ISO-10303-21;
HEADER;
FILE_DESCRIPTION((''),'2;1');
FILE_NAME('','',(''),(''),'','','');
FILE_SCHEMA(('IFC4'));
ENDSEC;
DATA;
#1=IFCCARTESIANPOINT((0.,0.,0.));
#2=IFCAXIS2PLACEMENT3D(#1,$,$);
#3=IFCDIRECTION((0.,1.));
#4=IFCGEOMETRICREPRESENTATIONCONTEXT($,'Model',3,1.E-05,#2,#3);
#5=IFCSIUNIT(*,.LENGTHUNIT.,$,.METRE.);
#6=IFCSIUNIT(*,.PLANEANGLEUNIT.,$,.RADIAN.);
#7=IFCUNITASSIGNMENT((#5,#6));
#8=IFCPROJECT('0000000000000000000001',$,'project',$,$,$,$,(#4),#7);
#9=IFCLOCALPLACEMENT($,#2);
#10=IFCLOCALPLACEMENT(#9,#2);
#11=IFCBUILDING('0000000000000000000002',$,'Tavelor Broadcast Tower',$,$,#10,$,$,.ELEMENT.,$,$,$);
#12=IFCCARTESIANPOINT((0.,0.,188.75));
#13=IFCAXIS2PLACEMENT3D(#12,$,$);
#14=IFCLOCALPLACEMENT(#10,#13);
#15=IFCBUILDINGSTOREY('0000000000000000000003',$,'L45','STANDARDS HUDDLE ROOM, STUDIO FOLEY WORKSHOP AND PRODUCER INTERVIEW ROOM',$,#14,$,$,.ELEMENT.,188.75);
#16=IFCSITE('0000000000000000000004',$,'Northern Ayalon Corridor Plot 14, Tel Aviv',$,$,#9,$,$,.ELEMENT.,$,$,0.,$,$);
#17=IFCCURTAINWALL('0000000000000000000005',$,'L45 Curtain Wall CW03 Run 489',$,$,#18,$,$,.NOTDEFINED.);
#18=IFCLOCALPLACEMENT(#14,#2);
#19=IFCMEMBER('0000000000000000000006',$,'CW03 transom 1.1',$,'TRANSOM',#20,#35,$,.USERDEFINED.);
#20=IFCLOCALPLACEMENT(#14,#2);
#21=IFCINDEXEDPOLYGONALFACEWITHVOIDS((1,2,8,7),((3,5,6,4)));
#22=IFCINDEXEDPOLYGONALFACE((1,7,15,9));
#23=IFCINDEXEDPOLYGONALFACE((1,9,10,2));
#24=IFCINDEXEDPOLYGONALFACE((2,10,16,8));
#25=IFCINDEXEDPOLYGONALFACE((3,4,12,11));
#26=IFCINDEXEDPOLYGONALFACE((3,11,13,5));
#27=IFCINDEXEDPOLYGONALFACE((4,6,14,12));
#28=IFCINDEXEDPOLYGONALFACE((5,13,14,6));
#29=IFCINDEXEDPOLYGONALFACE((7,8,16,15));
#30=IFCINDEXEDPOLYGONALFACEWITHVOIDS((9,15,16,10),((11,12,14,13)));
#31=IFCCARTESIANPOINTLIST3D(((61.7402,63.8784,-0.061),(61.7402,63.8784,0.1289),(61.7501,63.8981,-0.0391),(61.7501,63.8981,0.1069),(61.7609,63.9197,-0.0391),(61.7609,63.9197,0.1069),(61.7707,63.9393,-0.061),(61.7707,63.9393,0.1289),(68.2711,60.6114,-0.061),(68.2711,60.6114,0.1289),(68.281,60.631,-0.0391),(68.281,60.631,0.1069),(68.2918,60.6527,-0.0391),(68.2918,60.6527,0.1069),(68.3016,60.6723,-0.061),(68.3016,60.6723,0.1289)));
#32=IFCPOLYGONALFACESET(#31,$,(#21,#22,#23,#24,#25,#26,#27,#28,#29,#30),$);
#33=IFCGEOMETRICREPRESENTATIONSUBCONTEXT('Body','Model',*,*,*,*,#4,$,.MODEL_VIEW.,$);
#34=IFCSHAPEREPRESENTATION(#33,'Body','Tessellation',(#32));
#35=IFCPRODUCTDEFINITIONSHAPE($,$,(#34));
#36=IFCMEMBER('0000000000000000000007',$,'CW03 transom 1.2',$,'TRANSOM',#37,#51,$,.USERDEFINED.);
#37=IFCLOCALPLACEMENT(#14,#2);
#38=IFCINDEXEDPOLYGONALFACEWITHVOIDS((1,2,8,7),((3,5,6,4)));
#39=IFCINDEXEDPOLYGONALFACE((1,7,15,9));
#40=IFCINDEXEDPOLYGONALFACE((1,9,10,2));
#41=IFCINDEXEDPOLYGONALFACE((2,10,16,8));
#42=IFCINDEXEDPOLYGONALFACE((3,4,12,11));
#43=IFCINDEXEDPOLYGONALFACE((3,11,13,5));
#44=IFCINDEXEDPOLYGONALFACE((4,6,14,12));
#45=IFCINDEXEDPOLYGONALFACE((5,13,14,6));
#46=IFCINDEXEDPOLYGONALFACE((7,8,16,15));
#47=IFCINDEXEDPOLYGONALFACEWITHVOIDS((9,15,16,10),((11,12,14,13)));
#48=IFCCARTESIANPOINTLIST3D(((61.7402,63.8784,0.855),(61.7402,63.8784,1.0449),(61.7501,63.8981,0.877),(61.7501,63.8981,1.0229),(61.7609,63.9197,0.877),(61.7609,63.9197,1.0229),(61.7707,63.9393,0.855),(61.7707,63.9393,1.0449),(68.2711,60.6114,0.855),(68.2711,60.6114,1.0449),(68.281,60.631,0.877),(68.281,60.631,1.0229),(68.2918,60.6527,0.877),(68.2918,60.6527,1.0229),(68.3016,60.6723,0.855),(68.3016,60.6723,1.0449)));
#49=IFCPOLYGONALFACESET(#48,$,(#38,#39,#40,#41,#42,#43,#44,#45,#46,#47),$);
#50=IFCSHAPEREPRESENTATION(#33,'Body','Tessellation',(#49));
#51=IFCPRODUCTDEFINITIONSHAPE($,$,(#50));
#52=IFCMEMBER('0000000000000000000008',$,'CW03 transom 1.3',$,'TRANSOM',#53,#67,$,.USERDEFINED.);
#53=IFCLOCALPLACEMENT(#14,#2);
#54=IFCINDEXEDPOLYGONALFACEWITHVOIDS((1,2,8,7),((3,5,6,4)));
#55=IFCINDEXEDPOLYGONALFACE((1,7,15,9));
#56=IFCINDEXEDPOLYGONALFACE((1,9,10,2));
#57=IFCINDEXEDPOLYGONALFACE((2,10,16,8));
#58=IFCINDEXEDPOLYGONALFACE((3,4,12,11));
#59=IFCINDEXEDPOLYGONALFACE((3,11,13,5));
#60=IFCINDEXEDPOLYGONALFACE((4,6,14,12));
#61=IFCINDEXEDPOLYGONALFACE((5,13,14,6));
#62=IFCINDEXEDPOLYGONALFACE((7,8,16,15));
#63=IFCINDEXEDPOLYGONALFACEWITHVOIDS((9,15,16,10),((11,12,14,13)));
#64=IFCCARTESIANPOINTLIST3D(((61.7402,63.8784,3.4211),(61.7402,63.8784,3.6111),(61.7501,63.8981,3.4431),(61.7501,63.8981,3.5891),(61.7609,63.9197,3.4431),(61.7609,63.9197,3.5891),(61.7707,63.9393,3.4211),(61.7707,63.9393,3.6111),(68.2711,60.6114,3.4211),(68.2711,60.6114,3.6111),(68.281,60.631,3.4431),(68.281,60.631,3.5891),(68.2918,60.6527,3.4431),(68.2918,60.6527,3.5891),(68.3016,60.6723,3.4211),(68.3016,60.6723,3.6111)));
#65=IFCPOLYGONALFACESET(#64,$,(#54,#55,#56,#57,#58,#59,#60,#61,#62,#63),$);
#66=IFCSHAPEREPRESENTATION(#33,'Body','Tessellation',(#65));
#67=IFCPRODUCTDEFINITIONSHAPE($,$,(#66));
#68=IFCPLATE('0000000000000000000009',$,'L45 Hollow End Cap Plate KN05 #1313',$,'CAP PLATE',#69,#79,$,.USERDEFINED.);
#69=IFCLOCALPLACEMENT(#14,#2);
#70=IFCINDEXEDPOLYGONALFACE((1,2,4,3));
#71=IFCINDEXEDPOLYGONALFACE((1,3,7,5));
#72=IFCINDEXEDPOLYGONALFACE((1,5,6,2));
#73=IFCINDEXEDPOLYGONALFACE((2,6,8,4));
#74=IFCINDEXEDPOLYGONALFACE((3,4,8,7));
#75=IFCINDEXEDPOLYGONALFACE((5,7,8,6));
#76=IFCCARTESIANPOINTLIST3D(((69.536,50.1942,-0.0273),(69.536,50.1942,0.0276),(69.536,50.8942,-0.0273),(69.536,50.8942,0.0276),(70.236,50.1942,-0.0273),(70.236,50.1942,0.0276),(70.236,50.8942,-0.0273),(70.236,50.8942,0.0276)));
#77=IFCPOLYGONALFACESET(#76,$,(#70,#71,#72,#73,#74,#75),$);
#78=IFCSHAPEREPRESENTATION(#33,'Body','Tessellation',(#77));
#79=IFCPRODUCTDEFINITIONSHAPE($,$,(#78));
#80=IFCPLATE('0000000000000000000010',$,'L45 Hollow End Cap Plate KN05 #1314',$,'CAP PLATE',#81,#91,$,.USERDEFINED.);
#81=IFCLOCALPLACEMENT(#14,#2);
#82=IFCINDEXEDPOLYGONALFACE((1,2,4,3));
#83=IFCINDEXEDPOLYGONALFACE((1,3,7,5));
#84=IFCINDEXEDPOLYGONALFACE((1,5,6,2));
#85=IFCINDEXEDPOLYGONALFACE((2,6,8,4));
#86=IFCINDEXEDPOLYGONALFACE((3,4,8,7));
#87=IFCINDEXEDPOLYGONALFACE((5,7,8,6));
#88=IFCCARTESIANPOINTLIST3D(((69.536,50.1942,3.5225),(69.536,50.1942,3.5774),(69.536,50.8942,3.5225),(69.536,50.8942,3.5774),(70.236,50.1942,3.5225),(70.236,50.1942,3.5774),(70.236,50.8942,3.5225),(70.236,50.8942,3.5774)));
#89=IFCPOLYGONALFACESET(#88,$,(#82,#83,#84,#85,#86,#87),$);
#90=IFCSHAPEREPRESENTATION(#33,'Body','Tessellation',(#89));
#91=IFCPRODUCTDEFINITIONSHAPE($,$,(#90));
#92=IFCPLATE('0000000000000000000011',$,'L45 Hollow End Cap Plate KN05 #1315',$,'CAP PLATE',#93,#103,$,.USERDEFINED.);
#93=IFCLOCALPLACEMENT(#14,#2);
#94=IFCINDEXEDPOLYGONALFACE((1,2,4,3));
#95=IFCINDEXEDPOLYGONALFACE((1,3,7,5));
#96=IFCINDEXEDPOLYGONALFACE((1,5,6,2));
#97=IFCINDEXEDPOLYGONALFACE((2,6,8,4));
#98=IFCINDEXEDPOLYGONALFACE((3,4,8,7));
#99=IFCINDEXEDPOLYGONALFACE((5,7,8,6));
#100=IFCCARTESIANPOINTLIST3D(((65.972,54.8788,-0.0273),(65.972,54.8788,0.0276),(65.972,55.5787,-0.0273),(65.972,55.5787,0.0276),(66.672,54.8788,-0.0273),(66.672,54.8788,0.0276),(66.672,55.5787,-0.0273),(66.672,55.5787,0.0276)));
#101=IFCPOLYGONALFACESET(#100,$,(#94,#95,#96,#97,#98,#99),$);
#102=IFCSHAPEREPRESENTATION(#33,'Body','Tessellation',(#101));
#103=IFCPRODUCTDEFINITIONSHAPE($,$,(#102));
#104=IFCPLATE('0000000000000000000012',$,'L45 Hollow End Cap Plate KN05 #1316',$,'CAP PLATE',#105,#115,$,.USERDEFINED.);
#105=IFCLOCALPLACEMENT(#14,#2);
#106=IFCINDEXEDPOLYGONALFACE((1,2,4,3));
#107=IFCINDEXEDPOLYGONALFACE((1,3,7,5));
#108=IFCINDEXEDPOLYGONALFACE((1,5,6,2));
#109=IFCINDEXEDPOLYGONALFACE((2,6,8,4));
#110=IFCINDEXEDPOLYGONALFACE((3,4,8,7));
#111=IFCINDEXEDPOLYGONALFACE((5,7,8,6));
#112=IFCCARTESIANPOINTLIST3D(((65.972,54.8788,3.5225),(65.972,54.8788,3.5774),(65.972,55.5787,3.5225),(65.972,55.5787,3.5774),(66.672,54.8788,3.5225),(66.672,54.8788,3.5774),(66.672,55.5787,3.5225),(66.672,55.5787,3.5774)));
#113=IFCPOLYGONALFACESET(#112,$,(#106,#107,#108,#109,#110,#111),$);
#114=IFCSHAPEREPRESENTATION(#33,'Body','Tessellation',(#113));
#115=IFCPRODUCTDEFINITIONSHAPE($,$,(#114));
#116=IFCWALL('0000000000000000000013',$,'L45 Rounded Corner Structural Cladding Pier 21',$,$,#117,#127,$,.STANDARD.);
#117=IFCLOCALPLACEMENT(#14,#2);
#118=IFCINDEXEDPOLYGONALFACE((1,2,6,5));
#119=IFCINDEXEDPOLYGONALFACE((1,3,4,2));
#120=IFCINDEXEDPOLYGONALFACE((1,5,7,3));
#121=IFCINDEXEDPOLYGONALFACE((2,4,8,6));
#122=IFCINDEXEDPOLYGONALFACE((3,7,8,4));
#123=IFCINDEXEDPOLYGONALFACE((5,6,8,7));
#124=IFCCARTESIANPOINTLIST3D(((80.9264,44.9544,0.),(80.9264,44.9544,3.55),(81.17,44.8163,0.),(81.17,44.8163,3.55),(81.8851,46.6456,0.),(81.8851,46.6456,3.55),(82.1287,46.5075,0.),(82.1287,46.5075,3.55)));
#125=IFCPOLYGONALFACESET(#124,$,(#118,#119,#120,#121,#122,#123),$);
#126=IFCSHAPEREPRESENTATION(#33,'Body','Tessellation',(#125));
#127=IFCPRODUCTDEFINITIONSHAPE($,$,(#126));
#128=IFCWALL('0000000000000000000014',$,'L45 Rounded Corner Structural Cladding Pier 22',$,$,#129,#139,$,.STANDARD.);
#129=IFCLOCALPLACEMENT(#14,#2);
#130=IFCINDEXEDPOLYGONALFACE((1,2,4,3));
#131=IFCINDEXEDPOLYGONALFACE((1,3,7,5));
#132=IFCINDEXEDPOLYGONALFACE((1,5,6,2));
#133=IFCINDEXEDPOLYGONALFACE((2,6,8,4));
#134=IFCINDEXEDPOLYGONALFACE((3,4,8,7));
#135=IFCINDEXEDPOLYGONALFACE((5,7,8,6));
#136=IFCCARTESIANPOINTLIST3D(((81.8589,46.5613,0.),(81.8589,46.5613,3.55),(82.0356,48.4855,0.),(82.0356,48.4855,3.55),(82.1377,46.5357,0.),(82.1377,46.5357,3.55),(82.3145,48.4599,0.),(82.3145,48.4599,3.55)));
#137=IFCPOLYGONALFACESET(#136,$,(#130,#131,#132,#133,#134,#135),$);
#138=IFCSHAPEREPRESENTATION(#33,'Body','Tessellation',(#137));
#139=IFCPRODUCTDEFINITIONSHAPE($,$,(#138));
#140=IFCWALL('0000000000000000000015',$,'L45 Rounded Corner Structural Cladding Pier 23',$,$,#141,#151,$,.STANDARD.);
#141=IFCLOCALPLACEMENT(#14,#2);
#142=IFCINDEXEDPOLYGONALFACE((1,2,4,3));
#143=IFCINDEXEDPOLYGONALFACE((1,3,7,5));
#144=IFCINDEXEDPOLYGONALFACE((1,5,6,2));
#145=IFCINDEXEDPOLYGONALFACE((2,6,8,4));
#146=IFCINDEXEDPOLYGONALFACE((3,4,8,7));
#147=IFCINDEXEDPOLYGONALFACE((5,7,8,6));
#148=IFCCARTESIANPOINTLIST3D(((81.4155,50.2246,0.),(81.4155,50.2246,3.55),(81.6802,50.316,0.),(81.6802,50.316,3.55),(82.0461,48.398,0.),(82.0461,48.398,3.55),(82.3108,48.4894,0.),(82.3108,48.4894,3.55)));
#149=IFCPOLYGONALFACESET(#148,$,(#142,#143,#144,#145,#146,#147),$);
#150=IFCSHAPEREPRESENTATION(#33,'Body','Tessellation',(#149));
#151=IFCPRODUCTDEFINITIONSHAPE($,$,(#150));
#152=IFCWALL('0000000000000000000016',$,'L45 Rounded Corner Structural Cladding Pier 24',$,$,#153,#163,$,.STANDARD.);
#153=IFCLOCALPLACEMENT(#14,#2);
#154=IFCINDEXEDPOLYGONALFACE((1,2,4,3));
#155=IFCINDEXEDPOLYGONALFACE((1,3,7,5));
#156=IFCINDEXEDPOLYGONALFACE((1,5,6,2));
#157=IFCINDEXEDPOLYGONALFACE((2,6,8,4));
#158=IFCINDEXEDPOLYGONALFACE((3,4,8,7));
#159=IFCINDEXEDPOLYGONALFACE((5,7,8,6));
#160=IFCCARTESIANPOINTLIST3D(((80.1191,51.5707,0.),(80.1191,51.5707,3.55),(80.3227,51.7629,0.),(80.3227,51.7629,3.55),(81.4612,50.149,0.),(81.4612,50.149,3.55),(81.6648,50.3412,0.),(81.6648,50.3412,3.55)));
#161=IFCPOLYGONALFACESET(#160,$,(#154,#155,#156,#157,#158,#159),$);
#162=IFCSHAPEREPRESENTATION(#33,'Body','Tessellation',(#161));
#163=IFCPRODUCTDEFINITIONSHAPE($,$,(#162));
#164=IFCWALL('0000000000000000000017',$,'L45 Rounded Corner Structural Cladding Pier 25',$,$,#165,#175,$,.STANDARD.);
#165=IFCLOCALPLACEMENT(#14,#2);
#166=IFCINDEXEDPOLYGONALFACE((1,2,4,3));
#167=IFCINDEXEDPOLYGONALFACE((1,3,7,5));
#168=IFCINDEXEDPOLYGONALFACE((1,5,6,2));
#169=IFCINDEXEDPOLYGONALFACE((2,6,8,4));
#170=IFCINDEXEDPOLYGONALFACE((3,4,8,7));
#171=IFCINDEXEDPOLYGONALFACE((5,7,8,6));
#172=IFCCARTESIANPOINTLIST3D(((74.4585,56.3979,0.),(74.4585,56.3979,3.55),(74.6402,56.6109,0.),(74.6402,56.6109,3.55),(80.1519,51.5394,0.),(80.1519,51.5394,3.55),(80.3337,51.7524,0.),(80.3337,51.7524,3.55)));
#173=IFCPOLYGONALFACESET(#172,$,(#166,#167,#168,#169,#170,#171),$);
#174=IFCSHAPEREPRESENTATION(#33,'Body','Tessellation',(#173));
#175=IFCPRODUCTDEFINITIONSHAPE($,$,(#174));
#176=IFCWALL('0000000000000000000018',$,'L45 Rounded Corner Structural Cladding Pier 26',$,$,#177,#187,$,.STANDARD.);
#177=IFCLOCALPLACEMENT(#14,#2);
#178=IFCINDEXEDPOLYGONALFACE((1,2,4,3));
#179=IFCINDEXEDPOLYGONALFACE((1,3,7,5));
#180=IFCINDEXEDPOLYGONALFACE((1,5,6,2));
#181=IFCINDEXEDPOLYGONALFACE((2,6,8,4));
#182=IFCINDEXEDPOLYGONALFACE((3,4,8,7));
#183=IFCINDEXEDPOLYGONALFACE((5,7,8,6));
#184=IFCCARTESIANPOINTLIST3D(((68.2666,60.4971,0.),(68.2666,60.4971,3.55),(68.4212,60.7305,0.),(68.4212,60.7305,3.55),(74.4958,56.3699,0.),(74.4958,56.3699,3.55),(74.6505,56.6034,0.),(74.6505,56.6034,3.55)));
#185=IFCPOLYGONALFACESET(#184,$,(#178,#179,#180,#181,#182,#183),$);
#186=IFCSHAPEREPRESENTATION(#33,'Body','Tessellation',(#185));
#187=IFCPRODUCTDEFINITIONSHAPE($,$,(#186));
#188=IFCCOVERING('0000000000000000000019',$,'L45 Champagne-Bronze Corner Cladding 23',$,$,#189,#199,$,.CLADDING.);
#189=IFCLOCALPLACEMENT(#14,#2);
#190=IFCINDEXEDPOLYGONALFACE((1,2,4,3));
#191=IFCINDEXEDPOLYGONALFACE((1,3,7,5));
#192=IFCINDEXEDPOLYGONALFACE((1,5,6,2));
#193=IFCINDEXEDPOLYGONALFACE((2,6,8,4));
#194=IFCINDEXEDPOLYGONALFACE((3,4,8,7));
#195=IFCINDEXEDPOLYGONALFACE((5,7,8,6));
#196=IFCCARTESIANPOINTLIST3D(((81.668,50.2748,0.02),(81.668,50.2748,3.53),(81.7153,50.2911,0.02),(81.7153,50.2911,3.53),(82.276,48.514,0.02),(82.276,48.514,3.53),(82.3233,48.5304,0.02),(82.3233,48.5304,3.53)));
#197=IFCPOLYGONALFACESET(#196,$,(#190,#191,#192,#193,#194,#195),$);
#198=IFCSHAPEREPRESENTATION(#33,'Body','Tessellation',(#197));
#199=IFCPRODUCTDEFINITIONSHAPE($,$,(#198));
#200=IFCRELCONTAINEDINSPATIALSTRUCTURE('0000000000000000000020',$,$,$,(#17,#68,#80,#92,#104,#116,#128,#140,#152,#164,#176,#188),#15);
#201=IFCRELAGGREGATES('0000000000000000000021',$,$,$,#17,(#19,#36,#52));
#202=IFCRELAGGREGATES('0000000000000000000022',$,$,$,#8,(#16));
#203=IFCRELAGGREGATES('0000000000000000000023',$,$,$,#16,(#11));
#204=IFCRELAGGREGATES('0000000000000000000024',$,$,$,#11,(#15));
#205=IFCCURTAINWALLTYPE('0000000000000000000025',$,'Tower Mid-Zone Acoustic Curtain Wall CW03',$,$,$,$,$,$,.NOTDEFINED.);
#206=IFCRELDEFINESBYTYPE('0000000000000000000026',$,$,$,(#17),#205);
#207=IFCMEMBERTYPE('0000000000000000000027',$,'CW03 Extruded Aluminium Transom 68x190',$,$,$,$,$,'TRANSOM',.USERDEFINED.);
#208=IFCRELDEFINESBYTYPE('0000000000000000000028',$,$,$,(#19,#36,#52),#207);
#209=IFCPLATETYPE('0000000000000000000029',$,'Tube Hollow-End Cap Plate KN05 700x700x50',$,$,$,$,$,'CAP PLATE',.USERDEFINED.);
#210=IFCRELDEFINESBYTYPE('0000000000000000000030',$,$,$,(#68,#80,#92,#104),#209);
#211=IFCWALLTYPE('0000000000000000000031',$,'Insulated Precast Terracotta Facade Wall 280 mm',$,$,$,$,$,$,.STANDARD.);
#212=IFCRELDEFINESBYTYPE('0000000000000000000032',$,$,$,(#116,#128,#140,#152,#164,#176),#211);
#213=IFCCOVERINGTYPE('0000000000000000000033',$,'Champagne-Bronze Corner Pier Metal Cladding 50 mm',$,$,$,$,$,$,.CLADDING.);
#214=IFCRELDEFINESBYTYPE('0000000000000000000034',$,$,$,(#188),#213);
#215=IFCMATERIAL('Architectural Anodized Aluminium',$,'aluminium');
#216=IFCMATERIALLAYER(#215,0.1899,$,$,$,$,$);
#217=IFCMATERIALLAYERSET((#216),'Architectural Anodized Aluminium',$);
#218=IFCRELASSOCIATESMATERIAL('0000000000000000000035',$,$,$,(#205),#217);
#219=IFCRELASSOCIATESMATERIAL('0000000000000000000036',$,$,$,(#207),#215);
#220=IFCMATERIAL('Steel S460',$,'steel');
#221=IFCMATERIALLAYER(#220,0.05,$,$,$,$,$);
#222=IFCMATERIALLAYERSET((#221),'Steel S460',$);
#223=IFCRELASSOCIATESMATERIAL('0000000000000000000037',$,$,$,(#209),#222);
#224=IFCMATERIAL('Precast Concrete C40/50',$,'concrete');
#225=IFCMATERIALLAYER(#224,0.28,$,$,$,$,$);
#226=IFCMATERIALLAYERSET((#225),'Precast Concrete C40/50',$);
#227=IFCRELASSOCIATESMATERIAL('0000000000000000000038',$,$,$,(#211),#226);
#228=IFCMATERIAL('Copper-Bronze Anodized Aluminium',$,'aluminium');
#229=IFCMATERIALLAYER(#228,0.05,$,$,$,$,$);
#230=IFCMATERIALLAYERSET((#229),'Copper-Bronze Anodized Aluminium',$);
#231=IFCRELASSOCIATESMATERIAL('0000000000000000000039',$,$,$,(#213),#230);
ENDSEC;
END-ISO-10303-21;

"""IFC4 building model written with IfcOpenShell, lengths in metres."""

from ifc_helpers import new_model, si_unit, direction, frame, frame_2d, origin, origin_2d, place, context, subcontext, project, spatial, rectangle, hollow_rectangle, extrude, source, transform, mapped, material, layer, layer_set, material_profile, profile_set, type_object, type_shapes, element, aggregate, save


model = new_model("IFC4")

# Units and contexts
model_context = context("Model", 3, precision=1e-05, world=origin(), true_north=direction((0.0, 1.0)))
body_context = subcontext(model_context, "Body", "Model", "MODEL_VIEW")
ifc_project = project(units=[si_unit("LENGTHUNIT", "METRE"), si_unit("PLANEANGLEUNIT", "RADIAN")], contexts=[model_context])

# Site, building, storey
site_placement = place(None, origin())
site = spatial("IfcSite", under=ifc_project, at=site_placement, Name="Northern Ayalon Corridor Plot 14, Tel Aviv", CompositionType="ELEMENT", RefElevation=0.0)
building_placement = place(site_placement, origin())
building = spatial("IfcBuilding", under=site, at=building_placement, Name="Tavelor Broadcast Tower", CompositionType="ELEMENT")
storey_placement = place(building_placement, frame((0.0, 0.0, 188.75)))
storey = spatial("IfcBuildingStorey", under=building, at=storey_placement, Name="L45", Description="STANDARDS HUDDLE ROOM, STUDIO FOLEY WORKSHOP AND PRODUCER INTERVIEW ROOM", CompositionType="ELEMENT", Elevation=188.75)

# Shared definitions
ifc_material_1 = material(Name="Steel S460", Category="steel")

# Shared definitions
ifc_material_2 = material(Name="Architectural Anodized Aluminium", Category="aluminium")
ifc_layer_1 = layer(ifc_material_2, 0.1899)
ifc_layer_set_1 = layer_set([ifc_layer_1], Name="Architectural Anodized Aluminium")
curtain_wall_type = type_object("IfcCurtainWallType", Name="Tower Mid-Zone Acoustic Curtain Wall CW03", PredefinedType="NOTDEFINED", material=ifc_layer_set_1)

# Curtain wall, members
curtain_wall_1_placement = place(storey_placement, origin())
curtain_wall_1 = element("IfcCurtainWall", 1, at=curtain_wall_1_placement, inside=storey, type_object=curtain_wall_type, Name="L45 Curtain Wall CW03 Run 489", PredefinedType="NOTDEFINED")
ifc_material_profile_1 = material_profile(ifc_material_2, hollow_rectangle(XDim=0.0681, YDim=0.1899, WallThickness=0.022, at=origin_2d()), Name="RHS 68x190x22")
ifc_profile_set_1 = profile_set([ifc_material_profile_1], Name="Architectural Anodized Aluminium")
member_type_1 = type_object("IfcMemberType", Name="CW03 Extruded Aluminium Transom 68x190", ElementType="TRANSOM", PredefinedType="USERDEFINED", material=ifc_profile_set_1)
shared_shape_1 = source(origin(), body_context, "Body", "SweptSolid", [
    extrude(hollow_rectangle(XDim=0.0681, YDim=0.1899, WallThickness=0.022, at=origin_2d()), origin(), (0.0, 0.0, 1.0), 7.3025),
])
type_shapes(member_type_1, [shared_shape_1])
member_1_placement = place(storey_placement, frame((68.2864, 60.6418, 0.0339), z_axis=(-0.89434, 0.447387, 0.0), x_axis=(-0.447387, -0.89434, 0.0)))
member_1 = element("IfcMember", 2, at=member_1_placement, type_object=member_type_1, Name="CW03 transom 1.1", ObjectType="TRANSOM", PredefinedType="USERDEFINED", context=body_context, shape_type="MappedRepresentation", body=[
    mapped(shared_shape_1, transform((0.0, 0.0, 0.0), scale=1.0)),
])
member_2_placement = place(storey_placement, frame((68.2864, 60.6418, 0.95), z_axis=(-0.89434, 0.447387, 0.0), x_axis=(-0.447387, -0.89434, 0.0)))
member_2 = element("IfcMember", 3, at=member_2_placement, type_object=member_type_1, Name="CW03 transom 1.2", ObjectType="TRANSOM", PredefinedType="USERDEFINED", context=body_context, shape_type="MappedRepresentation", body=[
    mapped(shared_shape_1, transform((0.0, 0.0, 0.0), scale=1.0)),
])
member_3_placement = place(storey_placement, frame((68.2864, 60.6418, 3.5161), z_axis=(-0.89434, 0.447387, 0.0), x_axis=(-0.447387, -0.89434, 0.0)))
member_3 = element("IfcMember", 4, at=member_3_placement, type_object=member_type_1, Name="CW03 transom 1.3", ObjectType="TRANSOM", PredefinedType="USERDEFINED", context=body_context, shape_type="MappedRepresentation", body=[
    mapped(shared_shape_1, transform((0.0, 0.0, 0.0), scale=1.0)),
])
aggregate(curtain_wall_1, [member_1, member_2, member_3])

# Plates
ifc_layer_2 = layer(ifc_material_1, 0.05)
ifc_layer_set_2 = layer_set([ifc_layer_2], Name="Steel S460")
plate_type = type_object("IfcPlateType", Name="Tube Hollow-End Cap Plate KN05 700x700x50", ElementType="CAP PLATE", PredefinedType="USERDEFINED", material=ifc_layer_set_2)
shared_shape_2 = source(origin(), body_context, "Body", "SweptSolid", [
    extrude(rectangle(XDim=0.7, YDim=0.7, at=origin_2d()), origin(), (0.0, 0.0, 1.0), 0.0549),
])
type_shapes(plate_type, [shared_shape_2])
for number, where, z_axis, x_axis, name in (
    (5, (69.886, 50.5442, -0.0273), (0.0, 0.0, 1.0), (1.0, 0.0, 0.0), "L45 Hollow End Cap Plate KN05 #1313"),
    (6, (69.886, 50.5442, 3.5225), (0.0, 0.0, 1.0), (1.0, 0.0, 0.0), "L45 Hollow End Cap Plate KN05 #1314"),
    (7, (66.322, 55.2288, -0.0273), (0.0, 0.0, 1.0), (1.0, 0.0, 0.0), "L45 Hollow End Cap Plate KN05 #1315"),
    (8, (66.322, 55.2288, 3.5225), (0.0, 0.0, 1.0), (1.0, 0.0, 0.0), "L45 Hollow End Cap Plate KN05 #1316"),
):
    element("IfcPlate", number, at=place(storey_placement, frame(where, z_axis=z_axis, x_axis=x_axis)), inside=storey, type_object=plate_type, Name=name, ObjectType="CAP PLATE", PredefinedType="USERDEFINED", context=body_context, shape_type="MappedRepresentation", body=[
        mapped(shared_shape_2, transform((0.0, 0.0, 0.0), scale=1.0)),
    ])

# Walls
ifc_material_3 = material(Name="Precast Concrete C40/50", Category="concrete")
ifc_layer_3 = layer(ifc_material_3, 0.28)
ifc_layer_set_3 = layer_set([ifc_layer_3], Name="Precast Concrete C40/50")
wall_type = type_object("IfcWallType", Name="Insulated Precast Terracotta Facade Wall 280 mm", PredefinedType="STANDARD", material=ifc_layer_set_3)
wall_1_placement = place(storey_placement, frame((81.0481, 44.8853, 0.0), z_axis=(0.0, 0.0, 1.0), x_axis=(0.493174, 0.869931, 0.0)))
element("IfcWall", 9, at=wall_1_placement, inside=storey, type_object=wall_type, Name="L45 Rounded Corner Structural Cladding Pier 21", PredefinedType="STANDARD", context=body_context, shape_type="SweptSolid", body=[
    extrude(rectangle(XDim=1.9441, YDim=0.28, at=frame_2d((0.9722, 0.0))), origin(), (0.0, 0.0, 1.0), 3.55),
])
for number, where, z_axis, x_axis, name in (
    (10, (81.9983, 46.5483, 0.0), (0.0, 0.0, 1.0), (0.09147, 0.995808, 0.0), "L45 Rounded Corner Structural Cladding Pier 22"),
    (11, (82.1785, 48.4436, 0.0), (0.0, 0.0, 1.0), (-0.326329, 0.945256, 0.0), "L45 Rounded Corner Structural Cladding Pier 23"),
):
    element("IfcWall", number, at=place(storey_placement, frame(where, z_axis=z_axis, x_axis=x_axis)), inside=storey, type_object=wall_type, Name=name, PredefinedType="STANDARD", context=body_context, shape_type="SweptSolid", body=[
        extrude(rectangle(XDim=1.9324, YDim=0.28, at=frame_2d((0.9663, 0.0))), origin(), (0.0, 0.0, 1.0), 3.55),
    ])
wall_2_placement = place(storey_placement, frame((81.563, 50.2451, 0.0), z_axis=(0.0, 0.0, 1.0), x_axis=(-0.686459, 0.727169, 0.0)))
element("IfcWall", 12, at=wall_2_placement, inside=storey, type_object=wall_type, Name="L45 Rounded Corner Structural Cladding Pier 24", PredefinedType="STANDARD", context=body_context, shape_type="SweptSolid", body=[
    extrude(rectangle(XDim=1.9551, YDim=0.28, at=frame_2d((0.9775, 0.0))), origin(), (0.0, 0.0, 1.0), 3.55),
])
wall_3_placement = place(storey_placement, frame((80.2427, 51.646, 0.0), z_axis=(0.0, 0.0, 1.0), x_axis=(-0.760682, 0.649124, 0.0)))
element("IfcWall", 13, at=wall_3_placement, inside=storey, type_object=wall_type, Name="L45 Rounded Corner Structural Cladding Pier 25", PredefinedType="STANDARD", context=body_context, shape_type="SweptSolid", body=[
    extrude(rectangle(XDim=7.4846, YDim=0.28, at=frame_2d((3.7422, 0.0))), origin(), (0.0, 0.0, 1.0), 3.55),
])
wall_4_placement = place(storey_placement, frame((74.5732, 56.4866, 0.0), z_axis=(0.0, 0.0, 1.0), x_axis=(-0.83363, 0.552323, 0.0)))
element("IfcWall", 14, at=wall_4_placement, inside=storey, type_object=wall_type, Name="L45 Rounded Corner Structural Cladding Pier 26", PredefinedType="STANDARD", context=body_context, shape_type="SweptSolid", body=[
    extrude(rectangle(XDim=7.4724, YDim=0.28, at=frame_2d((3.7363, 0.0))), origin(), (0.0, 0.0, 1.0), 3.55),
])

# Covering
ifc_material_4 = material(Name="Copper-Bronze Anodized Aluminium", Category="aluminium")
ifc_layer_4 = layer(ifc_material_4, 0.05)
ifc_layer_set_4 = layer_set([ifc_layer_4], Name="Copper-Bronze Anodized Aluminium")
covering_type = type_object("IfcCoveringType", Name="Champagne-Bronze Corner Pier Metal Cladding 50 mm", PredefinedType="CLADDING", material=ifc_layer_set_4)
covering_placement = place(storey_placement, frame((81.9956, 49.4026, 0.02), z_axis=(0.0, 0.0, 1.0), x_axis=(-0.326393, 0.945234, 0.0)))
element("IfcCovering", 15, at=covering_placement, inside=storey, type_object=covering_type, Name="L45 Champagne-Bronze Corner Cladding 23", PredefinedType="CLADDING", context=body_context, shape_type="SweptSolid", body=[
    extrude(rectangle(XDim=1.8628, YDim=0.05, at=origin_2d()), origin(), (0.0, 0.0, 1.0), 3.51),
])

save(model, "model.ifc")
